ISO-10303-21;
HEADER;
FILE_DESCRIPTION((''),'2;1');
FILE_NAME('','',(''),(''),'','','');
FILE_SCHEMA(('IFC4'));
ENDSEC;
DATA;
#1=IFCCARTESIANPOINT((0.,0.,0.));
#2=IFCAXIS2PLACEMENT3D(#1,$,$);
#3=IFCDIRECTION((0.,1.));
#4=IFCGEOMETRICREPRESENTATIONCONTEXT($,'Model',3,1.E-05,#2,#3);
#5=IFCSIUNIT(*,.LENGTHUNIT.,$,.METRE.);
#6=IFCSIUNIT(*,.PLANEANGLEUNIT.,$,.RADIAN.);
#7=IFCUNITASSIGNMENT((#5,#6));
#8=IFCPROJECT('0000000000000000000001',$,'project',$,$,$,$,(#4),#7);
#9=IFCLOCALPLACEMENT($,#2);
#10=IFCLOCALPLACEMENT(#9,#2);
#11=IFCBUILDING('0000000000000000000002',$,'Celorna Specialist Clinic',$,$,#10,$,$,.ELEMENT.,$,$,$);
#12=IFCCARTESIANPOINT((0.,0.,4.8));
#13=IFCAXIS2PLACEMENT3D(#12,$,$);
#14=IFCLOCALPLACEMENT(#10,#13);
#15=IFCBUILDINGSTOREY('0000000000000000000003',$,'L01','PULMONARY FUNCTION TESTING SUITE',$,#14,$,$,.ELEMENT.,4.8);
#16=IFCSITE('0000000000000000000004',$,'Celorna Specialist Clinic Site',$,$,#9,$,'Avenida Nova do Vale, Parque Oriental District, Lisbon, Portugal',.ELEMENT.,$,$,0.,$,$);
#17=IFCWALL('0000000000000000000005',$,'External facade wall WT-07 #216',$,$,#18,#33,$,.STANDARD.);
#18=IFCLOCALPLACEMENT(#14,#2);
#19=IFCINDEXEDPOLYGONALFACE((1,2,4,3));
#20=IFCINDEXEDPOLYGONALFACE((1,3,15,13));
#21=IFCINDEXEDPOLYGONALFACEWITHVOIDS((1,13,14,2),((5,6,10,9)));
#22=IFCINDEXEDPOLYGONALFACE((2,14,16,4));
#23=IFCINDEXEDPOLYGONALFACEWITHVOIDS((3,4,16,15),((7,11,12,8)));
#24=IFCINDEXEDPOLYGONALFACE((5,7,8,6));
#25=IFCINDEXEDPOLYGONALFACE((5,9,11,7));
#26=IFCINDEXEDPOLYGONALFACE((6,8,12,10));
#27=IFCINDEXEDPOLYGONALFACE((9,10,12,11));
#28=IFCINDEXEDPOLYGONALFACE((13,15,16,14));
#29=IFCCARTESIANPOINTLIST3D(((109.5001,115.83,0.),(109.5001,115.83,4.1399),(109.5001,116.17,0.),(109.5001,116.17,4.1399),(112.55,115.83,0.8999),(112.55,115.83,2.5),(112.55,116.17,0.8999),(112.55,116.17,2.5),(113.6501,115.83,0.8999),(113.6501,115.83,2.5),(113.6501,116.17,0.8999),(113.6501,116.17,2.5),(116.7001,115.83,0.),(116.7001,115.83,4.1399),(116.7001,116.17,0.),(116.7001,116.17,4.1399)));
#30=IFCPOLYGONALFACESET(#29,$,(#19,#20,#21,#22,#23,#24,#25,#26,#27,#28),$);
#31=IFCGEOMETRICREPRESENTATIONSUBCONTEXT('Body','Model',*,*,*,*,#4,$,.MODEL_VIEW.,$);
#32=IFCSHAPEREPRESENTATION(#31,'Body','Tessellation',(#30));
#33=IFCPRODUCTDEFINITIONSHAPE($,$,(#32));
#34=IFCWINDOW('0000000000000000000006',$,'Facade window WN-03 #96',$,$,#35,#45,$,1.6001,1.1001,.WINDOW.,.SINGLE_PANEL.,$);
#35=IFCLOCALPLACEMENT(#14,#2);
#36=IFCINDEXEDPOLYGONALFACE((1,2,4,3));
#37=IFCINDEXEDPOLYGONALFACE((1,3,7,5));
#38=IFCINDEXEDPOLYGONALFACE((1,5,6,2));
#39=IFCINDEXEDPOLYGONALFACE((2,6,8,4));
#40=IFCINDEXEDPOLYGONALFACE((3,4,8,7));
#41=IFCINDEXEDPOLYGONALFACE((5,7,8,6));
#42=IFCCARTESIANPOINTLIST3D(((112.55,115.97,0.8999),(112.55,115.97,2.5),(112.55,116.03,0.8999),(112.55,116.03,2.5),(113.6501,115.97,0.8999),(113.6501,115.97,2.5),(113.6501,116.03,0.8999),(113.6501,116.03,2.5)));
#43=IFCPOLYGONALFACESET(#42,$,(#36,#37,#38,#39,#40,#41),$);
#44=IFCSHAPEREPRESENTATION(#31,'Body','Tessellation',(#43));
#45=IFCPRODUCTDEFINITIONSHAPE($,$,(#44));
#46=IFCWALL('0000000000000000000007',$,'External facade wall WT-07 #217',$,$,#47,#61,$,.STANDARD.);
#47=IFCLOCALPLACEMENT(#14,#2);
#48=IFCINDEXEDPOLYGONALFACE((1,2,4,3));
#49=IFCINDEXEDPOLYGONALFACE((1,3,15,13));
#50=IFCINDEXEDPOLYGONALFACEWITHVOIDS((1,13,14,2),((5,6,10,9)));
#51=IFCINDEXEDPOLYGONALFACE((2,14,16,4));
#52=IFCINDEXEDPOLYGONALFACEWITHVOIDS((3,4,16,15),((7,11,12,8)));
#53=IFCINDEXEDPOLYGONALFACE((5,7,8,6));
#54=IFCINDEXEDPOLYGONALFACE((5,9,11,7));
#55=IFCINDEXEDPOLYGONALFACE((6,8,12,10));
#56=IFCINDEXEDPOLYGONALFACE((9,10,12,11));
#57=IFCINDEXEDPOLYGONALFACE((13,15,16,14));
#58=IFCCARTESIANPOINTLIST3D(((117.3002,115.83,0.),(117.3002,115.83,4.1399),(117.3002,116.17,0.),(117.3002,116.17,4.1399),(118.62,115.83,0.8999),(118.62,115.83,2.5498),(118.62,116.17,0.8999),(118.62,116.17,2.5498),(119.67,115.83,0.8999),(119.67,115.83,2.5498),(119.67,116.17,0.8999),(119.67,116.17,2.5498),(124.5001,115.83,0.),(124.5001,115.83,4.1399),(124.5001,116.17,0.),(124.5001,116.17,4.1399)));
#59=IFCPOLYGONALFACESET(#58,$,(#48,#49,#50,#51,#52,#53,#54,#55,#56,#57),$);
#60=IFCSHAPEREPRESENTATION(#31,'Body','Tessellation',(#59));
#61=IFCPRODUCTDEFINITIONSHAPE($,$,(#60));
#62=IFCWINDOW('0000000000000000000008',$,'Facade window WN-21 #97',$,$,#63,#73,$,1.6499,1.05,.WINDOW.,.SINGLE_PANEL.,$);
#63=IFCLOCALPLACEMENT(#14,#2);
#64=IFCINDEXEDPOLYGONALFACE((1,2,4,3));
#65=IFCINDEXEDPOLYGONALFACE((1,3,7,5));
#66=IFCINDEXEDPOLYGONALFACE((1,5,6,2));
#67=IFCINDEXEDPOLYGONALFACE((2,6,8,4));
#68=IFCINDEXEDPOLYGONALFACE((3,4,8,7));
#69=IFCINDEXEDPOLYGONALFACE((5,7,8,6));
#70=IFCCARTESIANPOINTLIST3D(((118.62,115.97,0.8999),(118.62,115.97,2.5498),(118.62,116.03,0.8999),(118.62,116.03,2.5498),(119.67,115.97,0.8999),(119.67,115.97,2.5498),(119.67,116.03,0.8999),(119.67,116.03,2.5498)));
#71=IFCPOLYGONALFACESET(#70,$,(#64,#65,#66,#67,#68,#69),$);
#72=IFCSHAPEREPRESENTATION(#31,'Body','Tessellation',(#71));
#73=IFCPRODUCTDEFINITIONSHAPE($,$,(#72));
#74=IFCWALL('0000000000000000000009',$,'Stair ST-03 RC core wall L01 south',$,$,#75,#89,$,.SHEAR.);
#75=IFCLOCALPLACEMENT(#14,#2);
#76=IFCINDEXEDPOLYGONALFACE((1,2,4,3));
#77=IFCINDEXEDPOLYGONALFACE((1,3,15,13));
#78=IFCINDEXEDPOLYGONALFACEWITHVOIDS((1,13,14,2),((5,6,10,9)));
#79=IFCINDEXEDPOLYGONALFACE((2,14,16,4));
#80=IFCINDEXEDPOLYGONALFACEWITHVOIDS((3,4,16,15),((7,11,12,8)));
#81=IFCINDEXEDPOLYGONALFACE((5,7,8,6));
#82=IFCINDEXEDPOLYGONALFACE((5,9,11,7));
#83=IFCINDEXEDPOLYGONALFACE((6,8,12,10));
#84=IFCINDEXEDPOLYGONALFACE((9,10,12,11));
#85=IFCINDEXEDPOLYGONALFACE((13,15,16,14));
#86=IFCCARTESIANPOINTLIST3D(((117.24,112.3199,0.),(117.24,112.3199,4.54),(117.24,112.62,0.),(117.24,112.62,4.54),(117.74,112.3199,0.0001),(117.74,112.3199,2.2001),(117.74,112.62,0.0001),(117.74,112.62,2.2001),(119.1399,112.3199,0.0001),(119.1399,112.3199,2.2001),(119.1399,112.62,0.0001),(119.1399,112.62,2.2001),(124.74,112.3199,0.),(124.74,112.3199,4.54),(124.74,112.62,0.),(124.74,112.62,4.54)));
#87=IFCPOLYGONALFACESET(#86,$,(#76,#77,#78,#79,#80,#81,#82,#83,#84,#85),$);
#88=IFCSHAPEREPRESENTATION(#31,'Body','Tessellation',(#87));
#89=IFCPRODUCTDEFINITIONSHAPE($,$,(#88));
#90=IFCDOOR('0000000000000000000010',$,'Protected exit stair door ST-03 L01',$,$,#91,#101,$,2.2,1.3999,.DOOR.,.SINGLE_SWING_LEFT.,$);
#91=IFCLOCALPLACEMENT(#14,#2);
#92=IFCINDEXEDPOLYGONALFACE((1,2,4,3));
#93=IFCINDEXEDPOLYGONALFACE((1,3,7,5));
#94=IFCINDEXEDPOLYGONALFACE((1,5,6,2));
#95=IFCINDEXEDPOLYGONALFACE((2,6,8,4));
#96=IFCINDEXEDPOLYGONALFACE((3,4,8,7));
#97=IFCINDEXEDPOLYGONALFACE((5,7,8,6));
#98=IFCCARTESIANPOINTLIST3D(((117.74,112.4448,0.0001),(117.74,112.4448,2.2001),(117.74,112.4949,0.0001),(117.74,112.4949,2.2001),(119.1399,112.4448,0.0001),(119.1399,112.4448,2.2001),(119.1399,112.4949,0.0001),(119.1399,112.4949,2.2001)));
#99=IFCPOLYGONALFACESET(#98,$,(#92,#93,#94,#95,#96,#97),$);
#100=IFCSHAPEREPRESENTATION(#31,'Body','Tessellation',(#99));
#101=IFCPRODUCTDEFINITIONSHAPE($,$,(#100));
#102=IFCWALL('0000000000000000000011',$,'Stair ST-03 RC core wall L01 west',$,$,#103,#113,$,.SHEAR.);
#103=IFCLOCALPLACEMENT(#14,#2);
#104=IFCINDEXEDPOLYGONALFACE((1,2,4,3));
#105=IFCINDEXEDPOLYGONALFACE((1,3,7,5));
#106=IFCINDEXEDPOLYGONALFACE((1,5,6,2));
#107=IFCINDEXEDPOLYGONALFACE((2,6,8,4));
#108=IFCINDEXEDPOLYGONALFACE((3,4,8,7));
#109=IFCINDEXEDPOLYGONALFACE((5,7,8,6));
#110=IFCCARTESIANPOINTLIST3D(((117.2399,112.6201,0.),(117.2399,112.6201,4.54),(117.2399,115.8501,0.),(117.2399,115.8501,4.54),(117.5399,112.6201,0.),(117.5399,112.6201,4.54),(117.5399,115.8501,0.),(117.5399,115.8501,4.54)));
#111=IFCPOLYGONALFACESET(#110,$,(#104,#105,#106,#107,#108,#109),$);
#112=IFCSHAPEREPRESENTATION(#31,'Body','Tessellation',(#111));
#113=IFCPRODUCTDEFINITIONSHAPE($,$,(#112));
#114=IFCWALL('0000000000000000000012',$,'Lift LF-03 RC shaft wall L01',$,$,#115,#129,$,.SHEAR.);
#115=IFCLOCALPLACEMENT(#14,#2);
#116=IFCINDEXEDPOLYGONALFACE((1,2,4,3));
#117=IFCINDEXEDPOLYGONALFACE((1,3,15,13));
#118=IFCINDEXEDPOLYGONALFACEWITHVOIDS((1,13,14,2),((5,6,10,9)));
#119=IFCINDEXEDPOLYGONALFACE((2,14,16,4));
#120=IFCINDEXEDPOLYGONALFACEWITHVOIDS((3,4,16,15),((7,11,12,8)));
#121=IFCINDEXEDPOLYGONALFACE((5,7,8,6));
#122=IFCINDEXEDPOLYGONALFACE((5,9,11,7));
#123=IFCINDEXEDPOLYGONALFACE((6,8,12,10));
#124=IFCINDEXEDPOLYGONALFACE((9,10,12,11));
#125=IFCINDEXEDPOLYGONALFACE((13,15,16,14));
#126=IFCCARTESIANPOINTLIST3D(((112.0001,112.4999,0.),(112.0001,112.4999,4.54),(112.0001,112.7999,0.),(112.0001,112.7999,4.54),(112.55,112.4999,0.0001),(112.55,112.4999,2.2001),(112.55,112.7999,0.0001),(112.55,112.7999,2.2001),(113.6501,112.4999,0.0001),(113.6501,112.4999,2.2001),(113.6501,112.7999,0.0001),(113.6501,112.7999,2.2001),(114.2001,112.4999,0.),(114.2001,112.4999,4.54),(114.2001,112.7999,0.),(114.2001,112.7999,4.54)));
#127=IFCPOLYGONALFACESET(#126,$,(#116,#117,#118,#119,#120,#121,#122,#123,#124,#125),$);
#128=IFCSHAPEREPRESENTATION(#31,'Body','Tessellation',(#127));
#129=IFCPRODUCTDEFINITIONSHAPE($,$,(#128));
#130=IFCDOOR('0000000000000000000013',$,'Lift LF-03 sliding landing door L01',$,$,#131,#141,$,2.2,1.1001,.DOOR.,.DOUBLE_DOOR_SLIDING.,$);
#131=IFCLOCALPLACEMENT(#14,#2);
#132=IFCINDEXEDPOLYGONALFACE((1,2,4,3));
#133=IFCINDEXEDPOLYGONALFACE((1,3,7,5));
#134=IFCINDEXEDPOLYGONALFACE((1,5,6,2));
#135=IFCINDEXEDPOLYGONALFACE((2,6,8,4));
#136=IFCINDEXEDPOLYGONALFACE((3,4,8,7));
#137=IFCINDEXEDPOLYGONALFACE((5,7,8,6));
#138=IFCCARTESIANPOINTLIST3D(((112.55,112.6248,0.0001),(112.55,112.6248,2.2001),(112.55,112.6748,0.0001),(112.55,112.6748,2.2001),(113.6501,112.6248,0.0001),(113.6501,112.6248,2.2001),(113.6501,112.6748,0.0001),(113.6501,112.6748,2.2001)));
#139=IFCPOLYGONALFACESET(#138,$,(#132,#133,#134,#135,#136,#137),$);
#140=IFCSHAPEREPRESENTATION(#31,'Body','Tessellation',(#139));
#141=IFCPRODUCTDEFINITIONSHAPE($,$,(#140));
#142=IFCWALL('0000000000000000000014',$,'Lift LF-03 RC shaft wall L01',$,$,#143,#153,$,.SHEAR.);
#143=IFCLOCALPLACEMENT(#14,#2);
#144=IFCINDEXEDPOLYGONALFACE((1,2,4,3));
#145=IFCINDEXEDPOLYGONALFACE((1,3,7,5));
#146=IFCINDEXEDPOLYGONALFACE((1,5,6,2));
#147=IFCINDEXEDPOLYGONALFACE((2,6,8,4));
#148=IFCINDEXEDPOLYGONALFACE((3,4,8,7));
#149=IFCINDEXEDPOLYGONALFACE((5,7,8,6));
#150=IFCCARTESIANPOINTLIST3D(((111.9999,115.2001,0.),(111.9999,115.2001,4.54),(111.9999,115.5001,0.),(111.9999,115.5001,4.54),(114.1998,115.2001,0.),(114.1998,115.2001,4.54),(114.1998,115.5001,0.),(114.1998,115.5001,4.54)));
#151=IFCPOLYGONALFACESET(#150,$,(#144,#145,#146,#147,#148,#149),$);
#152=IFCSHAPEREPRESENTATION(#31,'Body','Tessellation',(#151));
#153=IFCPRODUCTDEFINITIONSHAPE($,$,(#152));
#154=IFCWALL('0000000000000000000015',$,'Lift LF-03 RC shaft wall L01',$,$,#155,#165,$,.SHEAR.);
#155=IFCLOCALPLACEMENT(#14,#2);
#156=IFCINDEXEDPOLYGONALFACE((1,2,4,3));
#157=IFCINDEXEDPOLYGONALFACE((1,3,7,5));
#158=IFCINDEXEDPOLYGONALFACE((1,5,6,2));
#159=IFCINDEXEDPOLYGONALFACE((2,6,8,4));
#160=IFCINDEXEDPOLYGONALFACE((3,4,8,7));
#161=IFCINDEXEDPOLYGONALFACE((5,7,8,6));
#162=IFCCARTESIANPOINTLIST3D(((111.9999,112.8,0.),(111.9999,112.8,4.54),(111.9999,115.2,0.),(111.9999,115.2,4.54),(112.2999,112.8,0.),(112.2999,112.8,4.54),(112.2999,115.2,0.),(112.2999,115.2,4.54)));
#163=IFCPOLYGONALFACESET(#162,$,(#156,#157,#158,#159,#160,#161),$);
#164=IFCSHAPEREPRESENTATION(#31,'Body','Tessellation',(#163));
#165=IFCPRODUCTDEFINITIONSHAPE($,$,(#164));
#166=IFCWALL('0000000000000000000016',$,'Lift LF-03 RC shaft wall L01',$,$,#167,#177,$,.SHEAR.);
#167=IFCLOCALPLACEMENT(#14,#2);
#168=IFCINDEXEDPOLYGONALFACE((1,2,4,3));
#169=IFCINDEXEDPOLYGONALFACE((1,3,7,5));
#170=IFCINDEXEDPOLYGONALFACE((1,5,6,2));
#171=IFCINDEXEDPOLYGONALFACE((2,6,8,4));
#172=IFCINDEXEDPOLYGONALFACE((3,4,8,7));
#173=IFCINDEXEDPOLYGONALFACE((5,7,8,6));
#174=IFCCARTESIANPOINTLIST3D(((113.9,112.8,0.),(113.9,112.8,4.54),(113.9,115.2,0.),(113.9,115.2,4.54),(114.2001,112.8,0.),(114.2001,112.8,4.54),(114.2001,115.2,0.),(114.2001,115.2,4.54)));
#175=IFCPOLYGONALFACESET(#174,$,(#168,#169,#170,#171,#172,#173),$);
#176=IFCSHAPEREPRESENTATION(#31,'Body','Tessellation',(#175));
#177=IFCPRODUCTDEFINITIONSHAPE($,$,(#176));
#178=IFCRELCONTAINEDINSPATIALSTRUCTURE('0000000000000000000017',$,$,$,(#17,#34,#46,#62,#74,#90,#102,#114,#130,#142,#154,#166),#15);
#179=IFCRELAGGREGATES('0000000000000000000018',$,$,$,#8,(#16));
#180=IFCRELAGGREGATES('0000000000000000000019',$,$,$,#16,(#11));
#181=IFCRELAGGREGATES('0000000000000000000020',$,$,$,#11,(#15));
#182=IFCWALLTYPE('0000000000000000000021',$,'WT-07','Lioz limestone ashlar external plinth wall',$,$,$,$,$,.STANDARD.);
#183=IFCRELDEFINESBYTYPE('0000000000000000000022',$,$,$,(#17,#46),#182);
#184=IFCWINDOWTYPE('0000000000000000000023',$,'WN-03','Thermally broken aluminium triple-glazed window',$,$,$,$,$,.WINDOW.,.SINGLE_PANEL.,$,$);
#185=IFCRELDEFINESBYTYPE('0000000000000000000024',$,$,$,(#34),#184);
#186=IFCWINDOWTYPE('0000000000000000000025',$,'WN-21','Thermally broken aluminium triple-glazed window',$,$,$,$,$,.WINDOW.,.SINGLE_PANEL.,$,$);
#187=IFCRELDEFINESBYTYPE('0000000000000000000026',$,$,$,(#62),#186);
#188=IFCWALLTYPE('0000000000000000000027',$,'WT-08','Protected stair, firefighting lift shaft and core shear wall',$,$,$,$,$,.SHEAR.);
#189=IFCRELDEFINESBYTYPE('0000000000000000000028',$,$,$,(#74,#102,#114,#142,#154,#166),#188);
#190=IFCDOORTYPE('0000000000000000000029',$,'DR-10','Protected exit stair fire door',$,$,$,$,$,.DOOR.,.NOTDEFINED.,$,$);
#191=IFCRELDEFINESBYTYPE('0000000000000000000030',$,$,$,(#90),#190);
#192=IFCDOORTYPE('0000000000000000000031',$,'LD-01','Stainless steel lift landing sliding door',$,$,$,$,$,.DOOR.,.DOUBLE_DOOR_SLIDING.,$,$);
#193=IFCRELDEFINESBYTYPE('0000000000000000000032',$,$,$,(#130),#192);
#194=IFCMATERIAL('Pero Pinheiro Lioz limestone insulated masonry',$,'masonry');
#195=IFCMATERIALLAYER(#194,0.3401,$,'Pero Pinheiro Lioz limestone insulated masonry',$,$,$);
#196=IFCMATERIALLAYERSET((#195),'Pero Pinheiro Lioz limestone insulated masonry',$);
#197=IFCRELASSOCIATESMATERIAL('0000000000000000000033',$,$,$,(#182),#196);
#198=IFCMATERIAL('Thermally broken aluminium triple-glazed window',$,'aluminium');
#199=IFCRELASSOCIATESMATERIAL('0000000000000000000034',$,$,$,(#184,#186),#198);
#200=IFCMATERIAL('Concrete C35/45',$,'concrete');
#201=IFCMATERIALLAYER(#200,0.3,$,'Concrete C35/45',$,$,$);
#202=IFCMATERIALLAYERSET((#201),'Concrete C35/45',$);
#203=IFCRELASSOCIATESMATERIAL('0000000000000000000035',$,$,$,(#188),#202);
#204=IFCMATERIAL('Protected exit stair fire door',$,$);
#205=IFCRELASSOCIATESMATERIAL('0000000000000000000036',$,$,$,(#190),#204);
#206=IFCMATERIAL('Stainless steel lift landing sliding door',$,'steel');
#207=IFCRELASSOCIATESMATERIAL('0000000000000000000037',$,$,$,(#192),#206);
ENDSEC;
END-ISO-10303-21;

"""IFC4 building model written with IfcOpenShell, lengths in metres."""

from ifc_helpers import new_model, si_unit, direction, frame, frame_2d, origin, place, context, subcontext, project, spatial, rectangle, extrude, material, layer, layer_set, type_object, element, fill, save


model = new_model("IFC4")

# Units and contexts
model_context = context("Model", 3, precision=1e-05, world=origin(), true_north=direction((0.0, 1.0)))
body_context = subcontext(model_context, "Body", "Model", "MODEL_VIEW")
ifc_project = project(units=[si_unit("LENGTHUNIT", "METRE"), si_unit("PLANEANGLEUNIT", "RADIAN")], contexts=[model_context])

# Site, building, storey
site_placement = place(None, origin())
site = spatial("IfcSite", under=ifc_project, at=site_placement, Name="Celorna Specialist Clinic Site", LongName="Avenida Nova do Vale, Parque Oriental District, Lisbon, Portugal", CompositionType="ELEMENT", RefElevation=0.0)
building_placement = place(site_placement, origin())
building = spatial("IfcBuilding", under=site, at=building_placement, Name="Celorna Specialist Clinic", CompositionType="ELEMENT")
storey_placement = place(building_placement, frame((0.0, 0.0, 4.8)))
storey = spatial("IfcBuildingStorey", under=building, at=storey_placement, Name="L01", Description="PULMONARY FUNCTION TESTING SUITE", CompositionType="ELEMENT", Elevation=4.8)

# Walls, openings, windows
ifc_material_1 = material(Name="Pero Pinheiro Lioz limestone insulated masonry", Category="masonry")
ifc_layer_1 = layer(ifc_material_1, 0.3401, Name="Pero Pinheiro Lioz limestone insulated masonry")
ifc_layer_set_1 = layer_set([ifc_layer_1], Name="Pero Pinheiro Lioz limestone insulated masonry")
wall_type_1 = type_object("IfcWallType", Name="WT-07", Description="Lioz limestone ashlar external plinth wall", PredefinedType="STANDARD", material=ifc_layer_set_1)
wall_1_placement = place(storey_placement, frame((109.5, 116.0, 0.0), z_axis=(0.0, 0.0, 1.0), x_axis=(1.0, 0.0, 0.0)))
wall_1 = element("IfcWall", 1, at=wall_1_placement, inside=storey, type_object=wall_type_1, Name="External facade wall WT-07 #216", PredefinedType="STANDARD", context=body_context, shape_type="SweptSolid", body=[
    extrude(rectangle(XDim=7.2, YDim=0.3401, at=frame_2d((3.6001, 0.0))), origin(), (0.0, 0.0, 1.0), 4.1399),
])
opening_1_placement = place(wall_1_placement, frame((3.05, 0.0, 0.8999)))
opening_1 = element("IfcOpeningElement", 2, at=opening_1_placement, cuts=wall_1, PredefinedType="OPENING", context=body_context, shape_type="SweptSolid", body=[
    extrude(rectangle(XDim=1.1001, YDim=1.6001, at=frame_2d((0.55, 0.8))), frame((0.0, 0.1799, 0.0), z_axis=(0.0, -1.0, 0.0), x_axis=(1.0, 0.0, 0.0)), (0.0, 0.0, 1.0), 0.3601),
])
ifc_material_2 = material(Name="Thermally broken aluminium triple-glazed window", Category="aluminium")
window_type_1 = type_object("IfcWindowType", Name="WN-03", Description="Thermally broken aluminium triple-glazed window", PartitioningType="SINGLE_PANEL", PredefinedType="WINDOW", material=ifc_material_2)
window_1_placement = place(opening_1_placement, origin())
window_1 = element("IfcWindow", 3, at=window_1_placement, inside=storey, type_object=window_type_1, Name="Facade window WN-03 #96", OverallHeight=1.6001, OverallWidth=1.1001, PartitioningType="SINGLE_PANEL", PredefinedType="WINDOW", context=body_context, shape_type="SweptSolid", body=[
    extrude(rectangle(XDim=1.1001, YDim=1.6001, at=frame_2d((0.55, 0.8))), frame((0.0, 0.03, 0.0), z_axis=(0.0, -1.0, 0.0), x_axis=(1.0, 0.0, 0.0)), (0.0, 0.0, 1.0), 0.0601),
])
fill(opening_1, window_1)
wall_2_placement = place(storey_placement, frame((117.3, 116.0, 0.0), z_axis=(0.0, 0.0, 1.0), x_axis=(1.0, 0.0, 0.0)))
wall_2 = element("IfcWall", 4, at=wall_2_placement, inside=storey, type_object=wall_type_1, Name="External facade wall WT-07 #217", PredefinedType="STANDARD", context=body_context, shape_type="SweptSolid", body=[
    extrude(rectangle(XDim=7.2, YDim=0.3401, at=frame_2d((3.6001, 0.0))), origin(), (0.0, 0.0, 1.0), 4.1399),
])
opening_2_placement = place(wall_2_placement, frame((1.3201, 0.0, 0.8999)))
opening_2 = element("IfcOpeningElement", 5, at=opening_2_placement, cuts=wall_2, PredefinedType="OPENING", context=body_context, shape_type="SweptSolid", body=[
    extrude(rectangle(XDim=1.05, YDim=1.6499, at=frame_2d((0.5249, 0.825))), frame((0.0, 0.1799, 0.0), z_axis=(0.0, -1.0, 0.0), x_axis=(1.0, 0.0, 0.0)), (0.0, 0.0, 1.0), 0.3601),
])
window_type_2 = type_object("IfcWindowType", Name="WN-21", Description="Thermally broken aluminium triple-glazed window", PartitioningType="SINGLE_PANEL", PredefinedType="WINDOW", material=ifc_material_2)
window_2_placement = place(opening_2_placement, origin())
window_2 = element("IfcWindow", 6, at=window_2_placement, inside=storey, type_object=window_type_2, Name="Facade window WN-21 #97", OverallHeight=1.6499, OverallWidth=1.05, PartitioningType="SINGLE_PANEL", PredefinedType="WINDOW", context=body_context, shape_type="SweptSolid", body=[
    extrude(rectangle(XDim=1.05, YDim=1.6499, at=frame_2d((0.5249, 0.825))), frame((0.0, 0.03, 0.0), z_axis=(0.0, -1.0, 0.0), x_axis=(1.0, 0.0, 0.0)), (0.0, 0.0, 1.0), 0.0601),
])
fill(opening_2, window_2)

# Wall, opening, door
ifc_material_3 = material(Name="Concrete C35/45", Category="concrete")
ifc_layer_2 = layer(ifc_material_3, 0.3, Name="Concrete C35/45")
ifc_layer_set_2 = layer_set([ifc_layer_2], Name="Concrete C35/45")
wall_type_2 = type_object("IfcWallType", Name="WT-08", Description="Protected stair, firefighting lift shaft and core shear wall", PredefinedType="SHEAR", material=ifc_layer_set_2)
wall_3_placement = place(storey_placement, frame((117.24, 112.47, 0.0), z_axis=(0.0, 0.0, 1.0), x_axis=(1.0, 0.0, 0.0)))
wall_3 = element("IfcWall", 7, at=wall_3_placement, inside=storey, type_object=wall_type_2, Name="Stair ST-03 RC core wall L01 south", PredefinedType="SHEAR", context=body_context, shape_type="SweptSolid", body=[
    extrude(rectangle(XDim=7.5, YDim=0.3, at=frame_2d((3.75, 0.0))), origin(), (0.0, 0.0, 1.0), 4.54),
])
opening_3_placement = place(wall_3_placement, frame((0.5, 0.0, 0.0)))
opening_3 = element("IfcOpeningElement", 8, at=opening_3_placement, cuts=wall_3, PredefinedType="OPENING", context=body_context, shape_type="SweptSolid", body=[
    extrude(rectangle(XDim=1.3999, YDim=2.2, at=frame_2d((0.7, 1.1001))), frame((0.0, 0.1599, 0.0), z_axis=(0.0, -1.0, 0.0), x_axis=(1.0, 0.0, 0.0)), (0.0, 0.0, 1.0), 0.3201),
])
ifc_material_4 = material(Name="Protected exit stair fire door")
door_type_1 = type_object("IfcDoorType", Name="DR-10", Description="Protected exit stair fire door", OperationType="NOTDEFINED", PredefinedType="DOOR", material=ifc_material_4)
door_1_placement = place(opening_3_placement, origin())
door_1 = element("IfcDoor", 9, at=door_1_placement, inside=storey, type_object=door_type_1, Name="Protected exit stair door ST-03 L01", OperationType="SINGLE_SWING_LEFT", OverallHeight=2.2, OverallWidth=1.3999, PredefinedType="DOOR", context=body_context, shape_type="SweptSolid", body=[
    extrude(rectangle(XDim=1.3999, YDim=2.2, at=frame_2d((0.7, 1.1001))), frame((0.0, 0.0249, 0.0), z_axis=(0.0, -1.0, 0.0), x_axis=(1.0, 0.0, 0.0)), (0.0, 0.0, 1.0), 0.05),
])
fill(opening_3, door_1)

# Wall
wall_4_placement = place(storey_placement, frame((117.3899, 115.8501, 0.0), z_axis=(0.0, 0.0, 1.0), x_axis=(0.0, -1.0, 0.0)))
element("IfcWall", 10, at=wall_4_placement, inside=storey, type_object=wall_type_2, Name="Stair ST-03 RC core wall L01 west", PredefinedType="SHEAR", context=body_context, shape_type="SweptSolid", body=[
    extrude(rectangle(XDim=3.23, YDim=0.3, at=frame_2d((1.615, 0.0))), origin(), (0.0, 0.0, 1.0), 4.54),
])

# Wall, opening, door
wall_5_placement = place(storey_placement, frame((112.0, 112.6499, 0.0), z_axis=(0.0, 0.0, 1.0), x_axis=(1.0, 0.0, 0.0)))
wall_5 = element("IfcWall", 11, at=wall_5_placement, inside=storey, type_object=wall_type_2, Name="Lift LF-03 RC shaft wall L01", PredefinedType="SHEAR", context=body_context, shape_type="SweptSolid", body=[
    extrude(rectangle(XDim=2.2, YDim=0.3, at=frame_2d((1.1001, 0.0))), origin(), (0.0, 0.0, 1.0), 4.54),
])
opening_4_placement = place(wall_5_placement, frame((0.55, 0.0, 0.0)))
opening_4 = element("IfcOpeningElement", 12, at=opening_4_placement, cuts=wall_5, PredefinedType="OPENING", context=body_context, shape_type="SweptSolid", body=[
    extrude(rectangle(XDim=1.1001, YDim=2.2, at=frame_2d((0.55, 1.1001))), frame((0.0, 0.1599, 0.0), z_axis=(0.0, -1.0, 0.0), x_axis=(1.0, 0.0, 0.0)), (0.0, 0.0, 1.0), 0.3201),
])
ifc_material_5 = material(Name="Stainless steel lift landing sliding door", Category="steel")
door_type_2 = type_object("IfcDoorType", Name="LD-01", Description="Stainless steel lift landing sliding door", OperationType="DOUBLE_DOOR_SLIDING", PredefinedType="DOOR", material=ifc_material_5)
door_2_placement = place(opening_4_placement, origin())
door_2 = element("IfcDoor", 13, at=door_2_placement, inside=storey, type_object=door_type_2, Name="Lift LF-03 sliding landing door L01", OperationType="DOUBLE_DOOR_SLIDING", OverallHeight=2.2, OverallWidth=1.1001, PredefinedType="DOOR", context=body_context, shape_type="SweptSolid", body=[
    extrude(rectangle(XDim=1.1001, YDim=2.2, at=frame_2d((0.55, 1.1001))), frame((0.0, 0.0249, 0.0), z_axis=(0.0, -1.0, 0.0), x_axis=(1.0, 0.0, 0.0)), (0.0, 0.0, 1.0), 0.05),
])
fill(opening_4, door_2)

# Walls
wall_6_placement = place(storey_placement, frame((114.2, 115.3501, 0.0), z_axis=(0.0, 0.0, 1.0), x_axis=(-1.0, 0.0, 0.0)))
element("IfcWall", 14, at=wall_6_placement, inside=storey, type_object=wall_type_2, Name="Lift LF-03 RC shaft wall L01", PredefinedType="SHEAR", context=body_context, shape_type="SweptSolid", body=[
    extrude(rectangle(XDim=2.2, YDim=0.3, at=frame_2d((1.1001, 0.0))), origin(), (0.0, 0.0, 1.0), 4.54),
])
for number, where, z_axis, x_axis, name in (
    (15, (112.1499, 115.2, 0.0), (0.0, 0.0, 1.0), (0.0, -1.0, 0.0), "Lift LF-03 RC shaft wall L01"),
    (16, (114.05, 112.8, 0.0), (0.0, 0.0, 1.0), (0.0, 1.0, 0.0), "Lift LF-03 RC shaft wall L01"),
):
    element("IfcWall", number, at=place(storey_placement, frame(where, z_axis=z_axis, x_axis=x_axis)), inside=storey, type_object=wall_type_2, Name=name, PredefinedType="SHEAR", context=body_context, shape_type="SweptSolid", body=[
        extrude(rectangle(XDim=2.3999, YDim=0.3, at=frame_2d((1.2, 0.0))), origin(), (0.0, 0.0, 1.0), 4.54),
    ])

save(model, "model.ifc")
